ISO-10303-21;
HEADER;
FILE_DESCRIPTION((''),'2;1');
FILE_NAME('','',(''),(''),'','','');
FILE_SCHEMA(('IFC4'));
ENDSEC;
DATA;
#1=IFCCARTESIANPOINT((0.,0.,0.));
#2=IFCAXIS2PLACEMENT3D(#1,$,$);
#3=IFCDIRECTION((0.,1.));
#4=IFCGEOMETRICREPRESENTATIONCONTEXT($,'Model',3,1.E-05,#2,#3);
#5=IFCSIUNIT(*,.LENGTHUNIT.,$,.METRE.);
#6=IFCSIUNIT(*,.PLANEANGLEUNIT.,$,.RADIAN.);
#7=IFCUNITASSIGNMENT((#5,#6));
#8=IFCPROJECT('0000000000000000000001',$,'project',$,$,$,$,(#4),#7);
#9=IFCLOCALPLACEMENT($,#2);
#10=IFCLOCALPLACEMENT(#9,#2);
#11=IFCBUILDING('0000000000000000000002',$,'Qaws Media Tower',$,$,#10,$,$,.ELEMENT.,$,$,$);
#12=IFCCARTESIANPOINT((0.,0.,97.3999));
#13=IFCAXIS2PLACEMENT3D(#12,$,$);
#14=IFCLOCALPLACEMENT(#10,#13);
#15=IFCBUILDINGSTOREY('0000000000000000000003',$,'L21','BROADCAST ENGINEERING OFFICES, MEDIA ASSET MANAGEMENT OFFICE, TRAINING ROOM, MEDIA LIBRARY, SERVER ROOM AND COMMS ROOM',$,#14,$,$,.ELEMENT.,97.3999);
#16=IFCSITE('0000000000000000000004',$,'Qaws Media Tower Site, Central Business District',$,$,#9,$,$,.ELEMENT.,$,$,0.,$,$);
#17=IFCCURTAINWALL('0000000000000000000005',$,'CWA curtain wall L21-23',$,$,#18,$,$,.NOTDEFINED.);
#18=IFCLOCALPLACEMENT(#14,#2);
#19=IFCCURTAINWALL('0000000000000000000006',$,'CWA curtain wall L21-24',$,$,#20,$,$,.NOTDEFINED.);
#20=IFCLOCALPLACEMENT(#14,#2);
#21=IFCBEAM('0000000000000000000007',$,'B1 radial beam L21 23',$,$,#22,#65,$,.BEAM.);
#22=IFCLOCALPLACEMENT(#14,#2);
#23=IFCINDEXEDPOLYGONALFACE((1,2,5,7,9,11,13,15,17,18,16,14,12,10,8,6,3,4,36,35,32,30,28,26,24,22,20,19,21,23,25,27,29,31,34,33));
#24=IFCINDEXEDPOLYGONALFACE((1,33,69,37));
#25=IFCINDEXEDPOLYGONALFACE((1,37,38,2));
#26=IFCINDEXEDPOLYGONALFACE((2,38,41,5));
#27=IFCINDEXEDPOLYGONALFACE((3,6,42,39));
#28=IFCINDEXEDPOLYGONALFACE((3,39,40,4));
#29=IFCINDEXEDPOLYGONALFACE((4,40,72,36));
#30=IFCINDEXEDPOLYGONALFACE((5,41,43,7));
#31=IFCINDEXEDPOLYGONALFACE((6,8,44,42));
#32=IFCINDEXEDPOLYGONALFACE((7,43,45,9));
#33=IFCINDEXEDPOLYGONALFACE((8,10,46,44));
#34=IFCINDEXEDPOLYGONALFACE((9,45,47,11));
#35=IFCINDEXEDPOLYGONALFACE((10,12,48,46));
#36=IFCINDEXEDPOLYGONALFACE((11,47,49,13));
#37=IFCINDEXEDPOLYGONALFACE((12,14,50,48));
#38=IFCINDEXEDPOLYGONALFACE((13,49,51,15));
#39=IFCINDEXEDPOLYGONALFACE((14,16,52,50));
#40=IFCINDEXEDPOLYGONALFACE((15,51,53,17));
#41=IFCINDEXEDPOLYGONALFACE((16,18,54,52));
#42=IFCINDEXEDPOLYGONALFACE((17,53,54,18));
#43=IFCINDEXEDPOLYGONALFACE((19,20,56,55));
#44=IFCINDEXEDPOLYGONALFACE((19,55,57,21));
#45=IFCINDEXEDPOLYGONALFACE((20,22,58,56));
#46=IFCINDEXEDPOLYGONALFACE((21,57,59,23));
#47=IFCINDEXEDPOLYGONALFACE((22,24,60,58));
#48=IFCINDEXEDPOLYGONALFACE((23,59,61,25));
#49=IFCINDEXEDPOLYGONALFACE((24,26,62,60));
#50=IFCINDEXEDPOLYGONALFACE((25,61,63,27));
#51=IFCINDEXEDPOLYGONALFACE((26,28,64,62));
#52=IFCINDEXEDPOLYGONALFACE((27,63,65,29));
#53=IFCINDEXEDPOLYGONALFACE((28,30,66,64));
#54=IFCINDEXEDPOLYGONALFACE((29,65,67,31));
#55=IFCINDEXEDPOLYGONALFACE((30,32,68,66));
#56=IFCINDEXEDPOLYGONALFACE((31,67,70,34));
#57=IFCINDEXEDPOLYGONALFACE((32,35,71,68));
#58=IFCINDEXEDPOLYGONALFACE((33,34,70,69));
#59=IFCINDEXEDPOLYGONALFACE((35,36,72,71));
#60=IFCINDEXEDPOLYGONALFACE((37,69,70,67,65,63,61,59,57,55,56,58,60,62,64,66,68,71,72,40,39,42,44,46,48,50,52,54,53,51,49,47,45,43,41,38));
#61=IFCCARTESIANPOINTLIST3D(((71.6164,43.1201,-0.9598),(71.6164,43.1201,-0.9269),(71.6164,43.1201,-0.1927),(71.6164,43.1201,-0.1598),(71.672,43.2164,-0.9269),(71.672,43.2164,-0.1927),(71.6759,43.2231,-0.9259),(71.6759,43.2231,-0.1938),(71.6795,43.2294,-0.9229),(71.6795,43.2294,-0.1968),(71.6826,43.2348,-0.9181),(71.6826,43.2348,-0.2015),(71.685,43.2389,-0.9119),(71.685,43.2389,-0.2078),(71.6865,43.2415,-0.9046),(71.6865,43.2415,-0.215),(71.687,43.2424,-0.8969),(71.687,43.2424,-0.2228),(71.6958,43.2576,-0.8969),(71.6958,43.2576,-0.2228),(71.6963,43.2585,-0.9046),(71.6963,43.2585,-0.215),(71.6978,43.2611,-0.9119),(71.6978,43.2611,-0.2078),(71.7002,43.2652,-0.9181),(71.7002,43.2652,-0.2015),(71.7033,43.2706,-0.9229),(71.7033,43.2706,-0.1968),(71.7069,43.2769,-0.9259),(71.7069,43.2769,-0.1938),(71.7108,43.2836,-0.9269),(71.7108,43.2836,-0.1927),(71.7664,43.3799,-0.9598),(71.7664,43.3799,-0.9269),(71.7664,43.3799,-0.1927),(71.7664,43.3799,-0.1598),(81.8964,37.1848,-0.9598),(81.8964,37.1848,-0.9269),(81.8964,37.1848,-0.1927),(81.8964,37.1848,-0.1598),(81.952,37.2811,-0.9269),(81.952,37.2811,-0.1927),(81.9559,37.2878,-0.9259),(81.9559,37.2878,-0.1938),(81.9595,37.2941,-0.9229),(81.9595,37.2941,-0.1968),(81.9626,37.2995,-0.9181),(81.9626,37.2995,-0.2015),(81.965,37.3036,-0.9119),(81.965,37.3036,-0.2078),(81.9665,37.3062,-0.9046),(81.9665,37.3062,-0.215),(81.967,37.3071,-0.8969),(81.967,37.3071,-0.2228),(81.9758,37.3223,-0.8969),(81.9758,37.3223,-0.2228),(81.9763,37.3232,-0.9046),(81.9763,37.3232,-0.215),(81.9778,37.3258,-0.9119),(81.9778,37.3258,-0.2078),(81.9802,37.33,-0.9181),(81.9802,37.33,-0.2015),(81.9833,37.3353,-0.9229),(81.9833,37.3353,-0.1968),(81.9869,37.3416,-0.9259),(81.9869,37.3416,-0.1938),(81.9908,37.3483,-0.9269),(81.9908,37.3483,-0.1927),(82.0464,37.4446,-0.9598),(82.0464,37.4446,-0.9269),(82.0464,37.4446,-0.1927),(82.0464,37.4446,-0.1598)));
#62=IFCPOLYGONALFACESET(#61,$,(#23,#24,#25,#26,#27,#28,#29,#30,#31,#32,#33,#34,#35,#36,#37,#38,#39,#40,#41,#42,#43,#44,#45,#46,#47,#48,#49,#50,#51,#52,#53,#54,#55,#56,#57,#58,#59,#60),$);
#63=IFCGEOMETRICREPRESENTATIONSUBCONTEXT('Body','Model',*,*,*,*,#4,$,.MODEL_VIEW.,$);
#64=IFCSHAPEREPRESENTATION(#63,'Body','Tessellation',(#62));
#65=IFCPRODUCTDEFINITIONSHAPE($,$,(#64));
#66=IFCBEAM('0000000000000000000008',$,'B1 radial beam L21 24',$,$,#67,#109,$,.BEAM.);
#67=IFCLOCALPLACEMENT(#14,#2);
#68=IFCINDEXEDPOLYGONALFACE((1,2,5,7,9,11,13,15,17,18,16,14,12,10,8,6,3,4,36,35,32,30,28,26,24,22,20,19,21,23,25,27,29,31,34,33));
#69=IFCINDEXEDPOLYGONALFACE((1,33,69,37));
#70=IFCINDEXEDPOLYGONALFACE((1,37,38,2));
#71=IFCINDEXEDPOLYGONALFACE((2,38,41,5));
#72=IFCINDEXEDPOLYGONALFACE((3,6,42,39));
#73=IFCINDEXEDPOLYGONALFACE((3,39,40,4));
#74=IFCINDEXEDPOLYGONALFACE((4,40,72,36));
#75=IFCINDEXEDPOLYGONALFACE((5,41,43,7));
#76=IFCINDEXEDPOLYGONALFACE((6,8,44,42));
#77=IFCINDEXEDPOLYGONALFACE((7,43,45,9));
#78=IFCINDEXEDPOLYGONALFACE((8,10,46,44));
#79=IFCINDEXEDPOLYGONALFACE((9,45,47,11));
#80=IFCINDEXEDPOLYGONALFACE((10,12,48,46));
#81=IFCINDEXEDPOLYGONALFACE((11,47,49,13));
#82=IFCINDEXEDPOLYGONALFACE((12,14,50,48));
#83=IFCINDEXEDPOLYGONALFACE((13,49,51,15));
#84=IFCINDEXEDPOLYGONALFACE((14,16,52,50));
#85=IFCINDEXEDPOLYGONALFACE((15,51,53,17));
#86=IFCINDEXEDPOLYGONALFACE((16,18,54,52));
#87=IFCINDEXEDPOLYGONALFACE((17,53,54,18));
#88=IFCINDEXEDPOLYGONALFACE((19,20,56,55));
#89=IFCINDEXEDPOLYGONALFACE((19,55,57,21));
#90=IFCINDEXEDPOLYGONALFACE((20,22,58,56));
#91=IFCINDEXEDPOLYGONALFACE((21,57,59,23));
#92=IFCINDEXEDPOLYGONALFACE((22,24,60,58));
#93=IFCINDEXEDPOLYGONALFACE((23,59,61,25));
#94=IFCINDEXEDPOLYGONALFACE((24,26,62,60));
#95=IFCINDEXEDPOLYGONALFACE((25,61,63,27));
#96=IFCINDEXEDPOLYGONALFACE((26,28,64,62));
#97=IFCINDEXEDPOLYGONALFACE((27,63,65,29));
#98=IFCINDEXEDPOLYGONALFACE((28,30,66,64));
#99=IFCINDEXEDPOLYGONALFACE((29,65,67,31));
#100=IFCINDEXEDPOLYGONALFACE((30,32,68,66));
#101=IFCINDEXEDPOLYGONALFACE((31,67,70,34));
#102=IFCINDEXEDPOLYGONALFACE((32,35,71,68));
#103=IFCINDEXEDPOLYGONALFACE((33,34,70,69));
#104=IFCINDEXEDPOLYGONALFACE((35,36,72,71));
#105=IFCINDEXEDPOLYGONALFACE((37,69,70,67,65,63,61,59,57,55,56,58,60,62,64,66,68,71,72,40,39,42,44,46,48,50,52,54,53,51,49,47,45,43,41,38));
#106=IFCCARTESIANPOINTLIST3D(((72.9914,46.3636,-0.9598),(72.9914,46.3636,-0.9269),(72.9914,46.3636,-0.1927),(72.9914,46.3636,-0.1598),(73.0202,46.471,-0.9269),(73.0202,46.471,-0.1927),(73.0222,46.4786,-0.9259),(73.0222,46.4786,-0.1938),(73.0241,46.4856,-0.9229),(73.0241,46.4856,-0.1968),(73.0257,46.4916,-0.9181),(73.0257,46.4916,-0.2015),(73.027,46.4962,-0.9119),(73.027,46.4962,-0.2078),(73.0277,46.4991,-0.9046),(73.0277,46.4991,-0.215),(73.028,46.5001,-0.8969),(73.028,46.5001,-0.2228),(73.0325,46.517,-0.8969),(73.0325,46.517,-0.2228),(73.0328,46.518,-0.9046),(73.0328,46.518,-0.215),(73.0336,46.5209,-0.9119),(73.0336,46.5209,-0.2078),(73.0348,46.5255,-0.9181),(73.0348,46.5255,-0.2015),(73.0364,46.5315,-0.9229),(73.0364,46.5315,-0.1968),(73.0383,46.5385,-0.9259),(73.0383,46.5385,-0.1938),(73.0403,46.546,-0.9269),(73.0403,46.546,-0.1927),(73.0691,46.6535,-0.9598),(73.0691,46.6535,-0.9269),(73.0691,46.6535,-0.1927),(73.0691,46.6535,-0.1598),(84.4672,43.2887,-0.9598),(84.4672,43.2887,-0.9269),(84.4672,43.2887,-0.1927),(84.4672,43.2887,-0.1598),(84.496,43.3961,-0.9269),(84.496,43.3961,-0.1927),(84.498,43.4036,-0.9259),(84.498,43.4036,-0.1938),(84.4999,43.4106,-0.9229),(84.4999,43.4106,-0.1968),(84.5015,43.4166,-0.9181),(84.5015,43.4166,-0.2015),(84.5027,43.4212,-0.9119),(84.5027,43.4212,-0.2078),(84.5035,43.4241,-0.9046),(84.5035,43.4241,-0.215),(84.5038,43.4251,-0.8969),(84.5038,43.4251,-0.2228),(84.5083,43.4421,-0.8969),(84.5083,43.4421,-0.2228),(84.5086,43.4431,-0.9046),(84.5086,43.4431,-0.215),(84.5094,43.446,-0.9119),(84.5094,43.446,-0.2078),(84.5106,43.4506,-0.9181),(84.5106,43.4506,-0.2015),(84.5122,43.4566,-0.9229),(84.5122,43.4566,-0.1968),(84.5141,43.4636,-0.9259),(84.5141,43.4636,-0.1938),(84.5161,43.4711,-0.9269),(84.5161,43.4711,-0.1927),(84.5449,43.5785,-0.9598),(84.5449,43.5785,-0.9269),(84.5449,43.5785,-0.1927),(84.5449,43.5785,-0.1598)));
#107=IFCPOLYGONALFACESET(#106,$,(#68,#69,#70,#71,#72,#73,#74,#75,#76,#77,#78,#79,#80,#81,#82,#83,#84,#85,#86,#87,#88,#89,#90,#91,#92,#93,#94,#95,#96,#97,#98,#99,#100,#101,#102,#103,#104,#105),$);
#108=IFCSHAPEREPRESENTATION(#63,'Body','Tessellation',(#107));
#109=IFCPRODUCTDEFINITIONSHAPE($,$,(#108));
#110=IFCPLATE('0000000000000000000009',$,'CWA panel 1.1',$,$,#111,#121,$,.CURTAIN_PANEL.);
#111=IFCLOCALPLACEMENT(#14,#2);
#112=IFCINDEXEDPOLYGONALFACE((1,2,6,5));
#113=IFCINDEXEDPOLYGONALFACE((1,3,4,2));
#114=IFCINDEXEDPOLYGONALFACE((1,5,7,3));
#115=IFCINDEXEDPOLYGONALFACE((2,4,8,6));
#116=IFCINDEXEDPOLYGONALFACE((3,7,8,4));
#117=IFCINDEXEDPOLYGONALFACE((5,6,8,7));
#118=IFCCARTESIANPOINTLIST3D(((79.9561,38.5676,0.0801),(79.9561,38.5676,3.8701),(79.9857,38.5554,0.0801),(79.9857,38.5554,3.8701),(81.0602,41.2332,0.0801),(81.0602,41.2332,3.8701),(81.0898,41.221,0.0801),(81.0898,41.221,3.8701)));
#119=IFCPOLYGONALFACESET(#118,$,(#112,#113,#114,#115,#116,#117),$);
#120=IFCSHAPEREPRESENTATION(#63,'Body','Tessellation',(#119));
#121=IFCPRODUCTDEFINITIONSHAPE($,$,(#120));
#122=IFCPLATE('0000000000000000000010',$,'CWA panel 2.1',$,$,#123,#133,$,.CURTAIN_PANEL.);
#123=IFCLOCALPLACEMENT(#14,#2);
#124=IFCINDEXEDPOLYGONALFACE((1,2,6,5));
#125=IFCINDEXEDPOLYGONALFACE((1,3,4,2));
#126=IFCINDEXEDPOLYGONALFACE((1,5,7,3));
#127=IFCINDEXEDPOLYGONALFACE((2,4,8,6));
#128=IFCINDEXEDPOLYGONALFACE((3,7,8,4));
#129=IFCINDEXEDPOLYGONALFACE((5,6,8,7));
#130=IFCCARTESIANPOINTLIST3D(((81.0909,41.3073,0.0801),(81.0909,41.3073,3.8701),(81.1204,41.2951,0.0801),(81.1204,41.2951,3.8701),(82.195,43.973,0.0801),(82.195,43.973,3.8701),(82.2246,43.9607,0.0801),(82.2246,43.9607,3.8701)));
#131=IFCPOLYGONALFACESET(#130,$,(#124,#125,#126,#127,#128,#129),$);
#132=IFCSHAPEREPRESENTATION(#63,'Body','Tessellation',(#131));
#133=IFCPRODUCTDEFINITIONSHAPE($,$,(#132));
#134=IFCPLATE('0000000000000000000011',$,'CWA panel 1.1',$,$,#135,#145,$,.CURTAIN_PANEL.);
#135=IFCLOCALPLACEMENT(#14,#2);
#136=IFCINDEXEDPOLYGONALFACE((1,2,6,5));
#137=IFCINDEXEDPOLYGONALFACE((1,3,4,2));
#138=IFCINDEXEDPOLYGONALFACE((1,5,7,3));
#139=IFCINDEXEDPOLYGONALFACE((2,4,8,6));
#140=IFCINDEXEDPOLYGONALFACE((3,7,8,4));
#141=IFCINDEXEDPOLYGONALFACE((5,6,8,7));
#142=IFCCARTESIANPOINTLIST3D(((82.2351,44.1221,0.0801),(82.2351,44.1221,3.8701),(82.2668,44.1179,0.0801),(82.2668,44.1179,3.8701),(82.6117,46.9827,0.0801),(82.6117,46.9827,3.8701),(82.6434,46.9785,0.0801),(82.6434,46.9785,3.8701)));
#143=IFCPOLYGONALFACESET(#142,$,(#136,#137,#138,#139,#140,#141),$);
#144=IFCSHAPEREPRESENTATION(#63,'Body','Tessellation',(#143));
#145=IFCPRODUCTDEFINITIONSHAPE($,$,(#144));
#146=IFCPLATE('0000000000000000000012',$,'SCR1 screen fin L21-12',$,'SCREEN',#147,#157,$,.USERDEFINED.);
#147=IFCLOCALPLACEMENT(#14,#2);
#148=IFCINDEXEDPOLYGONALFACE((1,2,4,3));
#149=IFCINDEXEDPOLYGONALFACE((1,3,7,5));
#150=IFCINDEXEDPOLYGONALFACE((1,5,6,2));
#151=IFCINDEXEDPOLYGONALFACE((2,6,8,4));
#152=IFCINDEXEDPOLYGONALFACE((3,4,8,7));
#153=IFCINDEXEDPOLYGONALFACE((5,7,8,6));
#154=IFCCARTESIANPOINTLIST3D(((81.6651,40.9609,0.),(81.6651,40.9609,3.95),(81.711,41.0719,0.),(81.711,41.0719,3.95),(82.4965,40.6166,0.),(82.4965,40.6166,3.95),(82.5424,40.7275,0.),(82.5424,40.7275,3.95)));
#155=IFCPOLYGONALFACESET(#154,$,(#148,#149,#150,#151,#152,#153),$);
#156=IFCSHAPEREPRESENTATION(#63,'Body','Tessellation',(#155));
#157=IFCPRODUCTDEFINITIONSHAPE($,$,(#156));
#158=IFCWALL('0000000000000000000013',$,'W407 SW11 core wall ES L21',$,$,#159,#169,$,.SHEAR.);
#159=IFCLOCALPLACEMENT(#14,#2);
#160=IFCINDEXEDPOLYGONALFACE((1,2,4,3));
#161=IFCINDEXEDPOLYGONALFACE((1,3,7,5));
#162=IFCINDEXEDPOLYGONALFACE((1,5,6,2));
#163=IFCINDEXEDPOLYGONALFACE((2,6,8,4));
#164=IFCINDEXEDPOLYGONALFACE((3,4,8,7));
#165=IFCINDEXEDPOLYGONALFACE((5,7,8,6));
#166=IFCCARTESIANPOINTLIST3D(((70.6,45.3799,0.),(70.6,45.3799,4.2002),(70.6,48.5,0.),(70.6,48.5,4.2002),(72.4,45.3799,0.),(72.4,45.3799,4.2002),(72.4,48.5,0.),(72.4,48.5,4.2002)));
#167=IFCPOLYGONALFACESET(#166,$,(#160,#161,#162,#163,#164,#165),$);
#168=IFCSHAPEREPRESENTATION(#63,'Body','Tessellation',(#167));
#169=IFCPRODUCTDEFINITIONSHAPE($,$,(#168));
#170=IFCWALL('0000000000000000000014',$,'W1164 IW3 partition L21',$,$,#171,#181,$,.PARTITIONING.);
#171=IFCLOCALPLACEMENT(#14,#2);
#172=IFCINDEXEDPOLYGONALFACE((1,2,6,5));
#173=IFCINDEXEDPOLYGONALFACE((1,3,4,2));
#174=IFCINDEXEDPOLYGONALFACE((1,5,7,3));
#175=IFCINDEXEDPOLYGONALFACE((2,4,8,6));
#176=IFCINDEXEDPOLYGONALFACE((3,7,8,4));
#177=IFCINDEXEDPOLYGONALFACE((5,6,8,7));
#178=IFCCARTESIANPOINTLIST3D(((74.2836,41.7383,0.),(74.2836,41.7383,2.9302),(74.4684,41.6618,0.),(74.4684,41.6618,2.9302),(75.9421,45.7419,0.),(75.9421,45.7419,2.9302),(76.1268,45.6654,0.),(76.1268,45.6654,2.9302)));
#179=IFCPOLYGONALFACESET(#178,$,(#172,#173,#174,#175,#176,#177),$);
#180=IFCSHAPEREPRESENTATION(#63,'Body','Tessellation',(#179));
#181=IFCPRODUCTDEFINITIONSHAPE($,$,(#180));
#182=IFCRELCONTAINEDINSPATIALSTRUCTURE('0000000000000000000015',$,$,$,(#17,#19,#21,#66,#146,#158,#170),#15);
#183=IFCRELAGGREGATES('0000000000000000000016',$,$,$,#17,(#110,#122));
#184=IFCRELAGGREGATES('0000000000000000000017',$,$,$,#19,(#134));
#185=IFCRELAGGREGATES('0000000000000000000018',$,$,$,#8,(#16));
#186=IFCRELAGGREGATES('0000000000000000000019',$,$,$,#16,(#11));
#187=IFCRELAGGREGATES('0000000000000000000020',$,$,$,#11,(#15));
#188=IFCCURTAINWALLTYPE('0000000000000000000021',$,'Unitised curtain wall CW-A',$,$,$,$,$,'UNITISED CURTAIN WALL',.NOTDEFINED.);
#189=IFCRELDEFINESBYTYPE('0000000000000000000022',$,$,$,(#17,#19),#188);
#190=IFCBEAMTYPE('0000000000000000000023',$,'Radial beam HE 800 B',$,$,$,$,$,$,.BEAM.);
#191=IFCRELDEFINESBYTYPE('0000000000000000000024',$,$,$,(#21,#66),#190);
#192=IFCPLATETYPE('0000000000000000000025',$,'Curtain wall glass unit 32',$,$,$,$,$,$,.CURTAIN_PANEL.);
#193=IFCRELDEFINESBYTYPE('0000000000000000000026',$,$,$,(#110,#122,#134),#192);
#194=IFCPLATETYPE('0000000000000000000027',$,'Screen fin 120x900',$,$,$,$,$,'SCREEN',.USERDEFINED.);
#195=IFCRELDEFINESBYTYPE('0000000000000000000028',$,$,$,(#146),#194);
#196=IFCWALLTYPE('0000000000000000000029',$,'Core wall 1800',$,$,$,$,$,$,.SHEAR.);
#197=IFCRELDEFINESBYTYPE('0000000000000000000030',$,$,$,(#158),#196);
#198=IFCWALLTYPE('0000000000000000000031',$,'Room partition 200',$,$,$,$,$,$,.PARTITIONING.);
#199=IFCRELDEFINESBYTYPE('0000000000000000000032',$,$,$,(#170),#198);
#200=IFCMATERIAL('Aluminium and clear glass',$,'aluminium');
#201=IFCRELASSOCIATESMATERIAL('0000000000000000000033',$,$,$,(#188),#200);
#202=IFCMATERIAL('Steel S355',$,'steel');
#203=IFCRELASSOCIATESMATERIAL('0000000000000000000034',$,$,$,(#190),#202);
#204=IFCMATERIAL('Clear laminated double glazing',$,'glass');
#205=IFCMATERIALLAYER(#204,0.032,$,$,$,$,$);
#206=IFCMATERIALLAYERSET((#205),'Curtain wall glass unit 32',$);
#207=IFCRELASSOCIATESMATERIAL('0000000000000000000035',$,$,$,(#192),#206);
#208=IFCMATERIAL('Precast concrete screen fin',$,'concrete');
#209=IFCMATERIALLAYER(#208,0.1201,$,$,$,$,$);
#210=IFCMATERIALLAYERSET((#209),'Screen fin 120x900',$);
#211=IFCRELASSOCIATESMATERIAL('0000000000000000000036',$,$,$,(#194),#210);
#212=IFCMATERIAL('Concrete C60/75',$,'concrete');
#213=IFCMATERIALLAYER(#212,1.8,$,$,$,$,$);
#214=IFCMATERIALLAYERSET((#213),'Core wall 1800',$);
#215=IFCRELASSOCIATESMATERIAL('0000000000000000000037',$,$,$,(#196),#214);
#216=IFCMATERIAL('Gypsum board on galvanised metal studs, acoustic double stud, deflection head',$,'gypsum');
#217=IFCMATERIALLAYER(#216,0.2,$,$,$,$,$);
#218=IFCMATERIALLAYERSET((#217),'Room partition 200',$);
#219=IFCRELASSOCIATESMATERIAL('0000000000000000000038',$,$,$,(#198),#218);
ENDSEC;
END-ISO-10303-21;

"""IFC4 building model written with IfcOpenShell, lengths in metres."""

from ifc_helpers import new_model, si_unit, direction, frame, frame_2d, origin, origin_2d, place, context, subcontext, project, spatial, rectangle, i_section, extrude, material, layer, layer_set, material_profile, profile_set, type_object, element, aggregate, save


model = new_model("IFC4")

# Units and contexts
model_context = context("Model", 3, precision=1e-05, world=origin(), true_north=direction((0.0, 1.0)))
body_context = subcontext(model_context, "Body", "Model", "MODEL_VIEW")
ifc_project = project(units=[si_unit("LENGTHUNIT", "METRE"), si_unit("PLANEANGLEUNIT", "RADIAN")], contexts=[model_context])

# Site, building, storey
site_placement = place(None, origin())
site = spatial("IfcSite", under=ifc_project, at=site_placement, Name="Qaws Media Tower Site, Central Business District", CompositionType="ELEMENT", RefElevation=0.0)
building_placement = place(site_placement, origin())
building = spatial("IfcBuilding", under=site, at=building_placement, Name="Qaws Media Tower", CompositionType="ELEMENT")
storey_placement = place(building_placement, frame((0.0, 0.0, 97.3999)))
storey = spatial("IfcBuildingStorey", under=building, at=storey_placement, Name="L21", Description="BROADCAST ENGINEERING OFFICES, MEDIA ASSET MANAGEMENT OFFICE, TRAINING ROOM, MEDIA LIBRARY, SERVER ROOM AND COMMS ROOM", CompositionType="ELEMENT", Elevation=97.3999)

# Shared definitions
ifc_material_1 = material(Name="Aluminium and clear glass", Category="aluminium")
curtain_wall_type = type_object("IfcCurtainWallType", Name="Unitised curtain wall CW-A", ElementType="UNITISED CURTAIN WALL", PredefinedType="NOTDEFINED", material=ifc_material_1)

# Curtain walls
curtain_wall_1_placement = place(storey_placement, origin())
curtain_wall_1 = element("IfcCurtainWall", 1, at=curtain_wall_1_placement, inside=storey, type_object=curtain_wall_type, Name="CWA curtain wall L21-23", PredefinedType="NOTDEFINED")
curtain_wall_2_placement = place(storey_placement, origin())
curtain_wall_2 = element("IfcCurtainWall", 2, at=curtain_wall_2_placement, inside=storey, type_object=curtain_wall_type, Name="CWA curtain wall L21-24", PredefinedType="NOTDEFINED")

# Beams
ifc_material_2 = material(Name="Steel S355", Category="steel")
ifc_material_profile_1 = material_profile(ifc_material_2, i_section(OverallWidth=0.3, OverallDepth=0.8, WebThickness=0.0176, FlangeThickness=0.033, FilletRadius=0.03, at=origin_2d()), Name="HE 800 B")
ifc_profile_set_1 = profile_set([ifc_material_profile_1], Name="Steel S355")
beam_type_1 = type_object("IfcBeamType", Name="Radial beam HE 800 B", PredefinedType="BEAM", material=ifc_profile_set_1)
beam_1_placement = place(storey_placement, frame((71.6914, 43.25, -0.5598), z_axis=(0.866021, -0.500008, 0.0), x_axis=(0.500008, 0.866021, 0.0)))
element("IfcBeam", 3, at=beam_1_placement, inside=storey, type_object=beam_type_1, Name="B1 radial beam L21 23", PredefinedType="BEAM", context=body_context, shape_type="SweptSolid", body=[
    extrude(i_section(OverallWidth=0.3, OverallDepth=0.8, WebThickness=0.0176, FlangeThickness=0.033, FilletRadius=0.03, at=origin_2d()), origin(), (0.0, 0.0, 1.0), 11.8704),
])
beam_2_placement = place(storey_placement, frame((73.0303, 46.5085, -0.5598), z_axis=(0.965926, -0.25882, 0.0), x_axis=(0.25882, 0.965926, 0.0)))
element("IfcBeam", 4, at=beam_2_placement, inside=storey, type_object=beam_type_1, Name="B1 radial beam L21 24", PredefinedType="BEAM", context=body_context, shape_type="SweptSolid", body=[
    extrude(i_section(OverallWidth=0.3, OverallDepth=0.8, WebThickness=0.0176, FlangeThickness=0.033, FilletRadius=0.03, at=origin_2d()), origin(), (0.0, 0.0, 1.0), 11.8806),
])

# Plates
ifc_material_3 = material(Name="Clear laminated double glazing", Category="glass")
ifc_layer_1 = layer(ifc_material_3, 0.032)
ifc_layer_set_1 = layer_set([ifc_layer_1], Name="Curtain wall glass unit 32")
plate_type_1 = type_object("IfcPlateType", Name="Curtain wall glass unit 32", PredefinedType="CURTAIN_PANEL", material=ifc_layer_set_1)
plate_1_placement = place(storey_placement, frame((80.5229, 39.8943, 0.0801), z_axis=(0.0, 0.0, 1.0), x_axis=(0.382683, 0.92388, 0.0)))
plate_1 = element("IfcPlate", 5, at=plate_1_placement, type_object=plate_type_1, Name="CWA panel 1.1", PredefinedType="CURTAIN_PANEL", context=body_context, shape_type="SweptSolid", body=[
    extrude(rectangle(XDim=2.8853, YDim=0.032, at=origin_2d()), origin(), (0.0, 0.0, 1.0), 3.79),
])
plate_2_placement = place(storey_placement, frame((81.6577, 42.634, 0.0801), z_axis=(0.0, 0.0, 1.0), x_axis=(0.382683, 0.92388, 0.0)))
plate_2 = element("IfcPlate", 6, at=plate_2_placement, type_object=plate_type_1, Name="CWA panel 2.1", PredefinedType="CURTAIN_PANEL", context=body_context, shape_type="SweptSolid", body=[
    extrude(rectangle(XDim=2.8853, YDim=0.032, at=origin_2d()), origin(), (0.0, 0.0, 1.0), 3.79),
])
aggregate(curtain_wall_1, [plate_1, plate_2])
plate_3_placement = place(storey_placement, frame((82.4392, 45.5503, 0.0801), z_axis=(0.0, 0.0, 1.0), x_axis=(0.130526, 0.991445, 0.0)))
plate_3 = element("IfcPlate", 7, at=plate_3_placement, type_object=plate_type_1, Name="CWA panel 1.1", PredefinedType="CURTAIN_PANEL", context=body_context, shape_type="SweptSolid", body=[
    extrude(rectangle(XDim=2.8853, YDim=0.032, at=origin_2d()), origin(), (0.0, 0.0, 1.0), 3.79),
])
aggregate(curtain_wall_2, [plate_3])
ifc_material_4 = material(Name="Precast concrete screen fin", Category="concrete")
ifc_layer_2 = layer(ifc_material_4, 0.1201)
ifc_layer_set_2 = layer_set([ifc_layer_2], Name="Screen fin 120x900")
plate_type_2 = type_object("IfcPlateType", Name="Screen fin 120x900", ElementType="SCREEN", PredefinedType="USERDEFINED", material=ifc_layer_set_2)
plate_4_placement = place(storey_placement, frame((82.1038, 40.8442, 0.0), z_axis=(0.0, 0.0, 1.0), x_axis=(0.92388, -0.382683, 0.0)))
element("IfcPlate", 8, at=plate_4_placement, inside=storey, type_object=plate_type_2, Name="SCR1 screen fin L21-12", ObjectType="SCREEN", PredefinedType="USERDEFINED", context=body_context, shape_type="SweptSolid", body=[
    extrude(rectangle(XDim=0.8999, YDim=0.1201, at=origin_2d()), origin(), (0.0, 0.0, 1.0), 3.95),
])

# Walls
ifc_material_5 = material(Name="Concrete C60/75", Category="concrete")
ifc_layer_3 = layer(ifc_material_5, 1.8)
ifc_layer_set_3 = layer_set([ifc_layer_3], Name="Core wall 1800")
wall_type_1 = type_object("IfcWallType", Name="Core wall 1800", PredefinedType="SHEAR", material=ifc_layer_set_3)
wall_1_placement = place(storey_placement, frame((71.5, 45.3799, 0.0), z_axis=(0.0, 0.0, 1.0), x_axis=(0.0, 1.0, 0.0)))
element("IfcWall", 9, at=wall_1_placement, inside=storey, type_object=wall_type_1, Name="W407 SW11 core wall ES L21", PredefinedType="SHEAR", context=body_context, shape_type="SweptSolid", body=[
    extrude(rectangle(XDim=3.1201, YDim=1.8, at=frame_2d((1.5601, 0.0))), origin(), (0.0, 0.0, 1.0), 4.2002),
])
ifc_material_6 = material(Name="Gypsum board on galvanised metal studs, acoustic double stud, deflection head", Category="gypsum")
ifc_layer_4 = layer(ifc_material_6, 0.2)
ifc_layer_set_4 = layer_set([ifc_layer_4], Name="Room partition 200")
wall_type_2 = type_object("IfcWallType", Name="Room partition 200", PredefinedType="PARTITIONING", material=ifc_layer_set_4)
wall_2_placement = place(storey_placement, frame((76.0344, 45.7036, 0.0), z_axis=(0.0, 0.0, 1.0), x_axis=(-0.382698, -0.923873, 0.0)))
element("IfcWall", 10, at=wall_2_placement, inside=storey, type_object=wall_type_2, Name="W1164 IW3 partition L21", PredefinedType="PARTITIONING", context=body_context, shape_type="SweptSolid", body=[
    extrude(rectangle(XDim=4.3335, YDim=0.2, at=frame_2d((2.1667, 0.0))), origin(), (0.0, 0.0, 1.0), 2.9302),
])

save(model, "model.ifc")
